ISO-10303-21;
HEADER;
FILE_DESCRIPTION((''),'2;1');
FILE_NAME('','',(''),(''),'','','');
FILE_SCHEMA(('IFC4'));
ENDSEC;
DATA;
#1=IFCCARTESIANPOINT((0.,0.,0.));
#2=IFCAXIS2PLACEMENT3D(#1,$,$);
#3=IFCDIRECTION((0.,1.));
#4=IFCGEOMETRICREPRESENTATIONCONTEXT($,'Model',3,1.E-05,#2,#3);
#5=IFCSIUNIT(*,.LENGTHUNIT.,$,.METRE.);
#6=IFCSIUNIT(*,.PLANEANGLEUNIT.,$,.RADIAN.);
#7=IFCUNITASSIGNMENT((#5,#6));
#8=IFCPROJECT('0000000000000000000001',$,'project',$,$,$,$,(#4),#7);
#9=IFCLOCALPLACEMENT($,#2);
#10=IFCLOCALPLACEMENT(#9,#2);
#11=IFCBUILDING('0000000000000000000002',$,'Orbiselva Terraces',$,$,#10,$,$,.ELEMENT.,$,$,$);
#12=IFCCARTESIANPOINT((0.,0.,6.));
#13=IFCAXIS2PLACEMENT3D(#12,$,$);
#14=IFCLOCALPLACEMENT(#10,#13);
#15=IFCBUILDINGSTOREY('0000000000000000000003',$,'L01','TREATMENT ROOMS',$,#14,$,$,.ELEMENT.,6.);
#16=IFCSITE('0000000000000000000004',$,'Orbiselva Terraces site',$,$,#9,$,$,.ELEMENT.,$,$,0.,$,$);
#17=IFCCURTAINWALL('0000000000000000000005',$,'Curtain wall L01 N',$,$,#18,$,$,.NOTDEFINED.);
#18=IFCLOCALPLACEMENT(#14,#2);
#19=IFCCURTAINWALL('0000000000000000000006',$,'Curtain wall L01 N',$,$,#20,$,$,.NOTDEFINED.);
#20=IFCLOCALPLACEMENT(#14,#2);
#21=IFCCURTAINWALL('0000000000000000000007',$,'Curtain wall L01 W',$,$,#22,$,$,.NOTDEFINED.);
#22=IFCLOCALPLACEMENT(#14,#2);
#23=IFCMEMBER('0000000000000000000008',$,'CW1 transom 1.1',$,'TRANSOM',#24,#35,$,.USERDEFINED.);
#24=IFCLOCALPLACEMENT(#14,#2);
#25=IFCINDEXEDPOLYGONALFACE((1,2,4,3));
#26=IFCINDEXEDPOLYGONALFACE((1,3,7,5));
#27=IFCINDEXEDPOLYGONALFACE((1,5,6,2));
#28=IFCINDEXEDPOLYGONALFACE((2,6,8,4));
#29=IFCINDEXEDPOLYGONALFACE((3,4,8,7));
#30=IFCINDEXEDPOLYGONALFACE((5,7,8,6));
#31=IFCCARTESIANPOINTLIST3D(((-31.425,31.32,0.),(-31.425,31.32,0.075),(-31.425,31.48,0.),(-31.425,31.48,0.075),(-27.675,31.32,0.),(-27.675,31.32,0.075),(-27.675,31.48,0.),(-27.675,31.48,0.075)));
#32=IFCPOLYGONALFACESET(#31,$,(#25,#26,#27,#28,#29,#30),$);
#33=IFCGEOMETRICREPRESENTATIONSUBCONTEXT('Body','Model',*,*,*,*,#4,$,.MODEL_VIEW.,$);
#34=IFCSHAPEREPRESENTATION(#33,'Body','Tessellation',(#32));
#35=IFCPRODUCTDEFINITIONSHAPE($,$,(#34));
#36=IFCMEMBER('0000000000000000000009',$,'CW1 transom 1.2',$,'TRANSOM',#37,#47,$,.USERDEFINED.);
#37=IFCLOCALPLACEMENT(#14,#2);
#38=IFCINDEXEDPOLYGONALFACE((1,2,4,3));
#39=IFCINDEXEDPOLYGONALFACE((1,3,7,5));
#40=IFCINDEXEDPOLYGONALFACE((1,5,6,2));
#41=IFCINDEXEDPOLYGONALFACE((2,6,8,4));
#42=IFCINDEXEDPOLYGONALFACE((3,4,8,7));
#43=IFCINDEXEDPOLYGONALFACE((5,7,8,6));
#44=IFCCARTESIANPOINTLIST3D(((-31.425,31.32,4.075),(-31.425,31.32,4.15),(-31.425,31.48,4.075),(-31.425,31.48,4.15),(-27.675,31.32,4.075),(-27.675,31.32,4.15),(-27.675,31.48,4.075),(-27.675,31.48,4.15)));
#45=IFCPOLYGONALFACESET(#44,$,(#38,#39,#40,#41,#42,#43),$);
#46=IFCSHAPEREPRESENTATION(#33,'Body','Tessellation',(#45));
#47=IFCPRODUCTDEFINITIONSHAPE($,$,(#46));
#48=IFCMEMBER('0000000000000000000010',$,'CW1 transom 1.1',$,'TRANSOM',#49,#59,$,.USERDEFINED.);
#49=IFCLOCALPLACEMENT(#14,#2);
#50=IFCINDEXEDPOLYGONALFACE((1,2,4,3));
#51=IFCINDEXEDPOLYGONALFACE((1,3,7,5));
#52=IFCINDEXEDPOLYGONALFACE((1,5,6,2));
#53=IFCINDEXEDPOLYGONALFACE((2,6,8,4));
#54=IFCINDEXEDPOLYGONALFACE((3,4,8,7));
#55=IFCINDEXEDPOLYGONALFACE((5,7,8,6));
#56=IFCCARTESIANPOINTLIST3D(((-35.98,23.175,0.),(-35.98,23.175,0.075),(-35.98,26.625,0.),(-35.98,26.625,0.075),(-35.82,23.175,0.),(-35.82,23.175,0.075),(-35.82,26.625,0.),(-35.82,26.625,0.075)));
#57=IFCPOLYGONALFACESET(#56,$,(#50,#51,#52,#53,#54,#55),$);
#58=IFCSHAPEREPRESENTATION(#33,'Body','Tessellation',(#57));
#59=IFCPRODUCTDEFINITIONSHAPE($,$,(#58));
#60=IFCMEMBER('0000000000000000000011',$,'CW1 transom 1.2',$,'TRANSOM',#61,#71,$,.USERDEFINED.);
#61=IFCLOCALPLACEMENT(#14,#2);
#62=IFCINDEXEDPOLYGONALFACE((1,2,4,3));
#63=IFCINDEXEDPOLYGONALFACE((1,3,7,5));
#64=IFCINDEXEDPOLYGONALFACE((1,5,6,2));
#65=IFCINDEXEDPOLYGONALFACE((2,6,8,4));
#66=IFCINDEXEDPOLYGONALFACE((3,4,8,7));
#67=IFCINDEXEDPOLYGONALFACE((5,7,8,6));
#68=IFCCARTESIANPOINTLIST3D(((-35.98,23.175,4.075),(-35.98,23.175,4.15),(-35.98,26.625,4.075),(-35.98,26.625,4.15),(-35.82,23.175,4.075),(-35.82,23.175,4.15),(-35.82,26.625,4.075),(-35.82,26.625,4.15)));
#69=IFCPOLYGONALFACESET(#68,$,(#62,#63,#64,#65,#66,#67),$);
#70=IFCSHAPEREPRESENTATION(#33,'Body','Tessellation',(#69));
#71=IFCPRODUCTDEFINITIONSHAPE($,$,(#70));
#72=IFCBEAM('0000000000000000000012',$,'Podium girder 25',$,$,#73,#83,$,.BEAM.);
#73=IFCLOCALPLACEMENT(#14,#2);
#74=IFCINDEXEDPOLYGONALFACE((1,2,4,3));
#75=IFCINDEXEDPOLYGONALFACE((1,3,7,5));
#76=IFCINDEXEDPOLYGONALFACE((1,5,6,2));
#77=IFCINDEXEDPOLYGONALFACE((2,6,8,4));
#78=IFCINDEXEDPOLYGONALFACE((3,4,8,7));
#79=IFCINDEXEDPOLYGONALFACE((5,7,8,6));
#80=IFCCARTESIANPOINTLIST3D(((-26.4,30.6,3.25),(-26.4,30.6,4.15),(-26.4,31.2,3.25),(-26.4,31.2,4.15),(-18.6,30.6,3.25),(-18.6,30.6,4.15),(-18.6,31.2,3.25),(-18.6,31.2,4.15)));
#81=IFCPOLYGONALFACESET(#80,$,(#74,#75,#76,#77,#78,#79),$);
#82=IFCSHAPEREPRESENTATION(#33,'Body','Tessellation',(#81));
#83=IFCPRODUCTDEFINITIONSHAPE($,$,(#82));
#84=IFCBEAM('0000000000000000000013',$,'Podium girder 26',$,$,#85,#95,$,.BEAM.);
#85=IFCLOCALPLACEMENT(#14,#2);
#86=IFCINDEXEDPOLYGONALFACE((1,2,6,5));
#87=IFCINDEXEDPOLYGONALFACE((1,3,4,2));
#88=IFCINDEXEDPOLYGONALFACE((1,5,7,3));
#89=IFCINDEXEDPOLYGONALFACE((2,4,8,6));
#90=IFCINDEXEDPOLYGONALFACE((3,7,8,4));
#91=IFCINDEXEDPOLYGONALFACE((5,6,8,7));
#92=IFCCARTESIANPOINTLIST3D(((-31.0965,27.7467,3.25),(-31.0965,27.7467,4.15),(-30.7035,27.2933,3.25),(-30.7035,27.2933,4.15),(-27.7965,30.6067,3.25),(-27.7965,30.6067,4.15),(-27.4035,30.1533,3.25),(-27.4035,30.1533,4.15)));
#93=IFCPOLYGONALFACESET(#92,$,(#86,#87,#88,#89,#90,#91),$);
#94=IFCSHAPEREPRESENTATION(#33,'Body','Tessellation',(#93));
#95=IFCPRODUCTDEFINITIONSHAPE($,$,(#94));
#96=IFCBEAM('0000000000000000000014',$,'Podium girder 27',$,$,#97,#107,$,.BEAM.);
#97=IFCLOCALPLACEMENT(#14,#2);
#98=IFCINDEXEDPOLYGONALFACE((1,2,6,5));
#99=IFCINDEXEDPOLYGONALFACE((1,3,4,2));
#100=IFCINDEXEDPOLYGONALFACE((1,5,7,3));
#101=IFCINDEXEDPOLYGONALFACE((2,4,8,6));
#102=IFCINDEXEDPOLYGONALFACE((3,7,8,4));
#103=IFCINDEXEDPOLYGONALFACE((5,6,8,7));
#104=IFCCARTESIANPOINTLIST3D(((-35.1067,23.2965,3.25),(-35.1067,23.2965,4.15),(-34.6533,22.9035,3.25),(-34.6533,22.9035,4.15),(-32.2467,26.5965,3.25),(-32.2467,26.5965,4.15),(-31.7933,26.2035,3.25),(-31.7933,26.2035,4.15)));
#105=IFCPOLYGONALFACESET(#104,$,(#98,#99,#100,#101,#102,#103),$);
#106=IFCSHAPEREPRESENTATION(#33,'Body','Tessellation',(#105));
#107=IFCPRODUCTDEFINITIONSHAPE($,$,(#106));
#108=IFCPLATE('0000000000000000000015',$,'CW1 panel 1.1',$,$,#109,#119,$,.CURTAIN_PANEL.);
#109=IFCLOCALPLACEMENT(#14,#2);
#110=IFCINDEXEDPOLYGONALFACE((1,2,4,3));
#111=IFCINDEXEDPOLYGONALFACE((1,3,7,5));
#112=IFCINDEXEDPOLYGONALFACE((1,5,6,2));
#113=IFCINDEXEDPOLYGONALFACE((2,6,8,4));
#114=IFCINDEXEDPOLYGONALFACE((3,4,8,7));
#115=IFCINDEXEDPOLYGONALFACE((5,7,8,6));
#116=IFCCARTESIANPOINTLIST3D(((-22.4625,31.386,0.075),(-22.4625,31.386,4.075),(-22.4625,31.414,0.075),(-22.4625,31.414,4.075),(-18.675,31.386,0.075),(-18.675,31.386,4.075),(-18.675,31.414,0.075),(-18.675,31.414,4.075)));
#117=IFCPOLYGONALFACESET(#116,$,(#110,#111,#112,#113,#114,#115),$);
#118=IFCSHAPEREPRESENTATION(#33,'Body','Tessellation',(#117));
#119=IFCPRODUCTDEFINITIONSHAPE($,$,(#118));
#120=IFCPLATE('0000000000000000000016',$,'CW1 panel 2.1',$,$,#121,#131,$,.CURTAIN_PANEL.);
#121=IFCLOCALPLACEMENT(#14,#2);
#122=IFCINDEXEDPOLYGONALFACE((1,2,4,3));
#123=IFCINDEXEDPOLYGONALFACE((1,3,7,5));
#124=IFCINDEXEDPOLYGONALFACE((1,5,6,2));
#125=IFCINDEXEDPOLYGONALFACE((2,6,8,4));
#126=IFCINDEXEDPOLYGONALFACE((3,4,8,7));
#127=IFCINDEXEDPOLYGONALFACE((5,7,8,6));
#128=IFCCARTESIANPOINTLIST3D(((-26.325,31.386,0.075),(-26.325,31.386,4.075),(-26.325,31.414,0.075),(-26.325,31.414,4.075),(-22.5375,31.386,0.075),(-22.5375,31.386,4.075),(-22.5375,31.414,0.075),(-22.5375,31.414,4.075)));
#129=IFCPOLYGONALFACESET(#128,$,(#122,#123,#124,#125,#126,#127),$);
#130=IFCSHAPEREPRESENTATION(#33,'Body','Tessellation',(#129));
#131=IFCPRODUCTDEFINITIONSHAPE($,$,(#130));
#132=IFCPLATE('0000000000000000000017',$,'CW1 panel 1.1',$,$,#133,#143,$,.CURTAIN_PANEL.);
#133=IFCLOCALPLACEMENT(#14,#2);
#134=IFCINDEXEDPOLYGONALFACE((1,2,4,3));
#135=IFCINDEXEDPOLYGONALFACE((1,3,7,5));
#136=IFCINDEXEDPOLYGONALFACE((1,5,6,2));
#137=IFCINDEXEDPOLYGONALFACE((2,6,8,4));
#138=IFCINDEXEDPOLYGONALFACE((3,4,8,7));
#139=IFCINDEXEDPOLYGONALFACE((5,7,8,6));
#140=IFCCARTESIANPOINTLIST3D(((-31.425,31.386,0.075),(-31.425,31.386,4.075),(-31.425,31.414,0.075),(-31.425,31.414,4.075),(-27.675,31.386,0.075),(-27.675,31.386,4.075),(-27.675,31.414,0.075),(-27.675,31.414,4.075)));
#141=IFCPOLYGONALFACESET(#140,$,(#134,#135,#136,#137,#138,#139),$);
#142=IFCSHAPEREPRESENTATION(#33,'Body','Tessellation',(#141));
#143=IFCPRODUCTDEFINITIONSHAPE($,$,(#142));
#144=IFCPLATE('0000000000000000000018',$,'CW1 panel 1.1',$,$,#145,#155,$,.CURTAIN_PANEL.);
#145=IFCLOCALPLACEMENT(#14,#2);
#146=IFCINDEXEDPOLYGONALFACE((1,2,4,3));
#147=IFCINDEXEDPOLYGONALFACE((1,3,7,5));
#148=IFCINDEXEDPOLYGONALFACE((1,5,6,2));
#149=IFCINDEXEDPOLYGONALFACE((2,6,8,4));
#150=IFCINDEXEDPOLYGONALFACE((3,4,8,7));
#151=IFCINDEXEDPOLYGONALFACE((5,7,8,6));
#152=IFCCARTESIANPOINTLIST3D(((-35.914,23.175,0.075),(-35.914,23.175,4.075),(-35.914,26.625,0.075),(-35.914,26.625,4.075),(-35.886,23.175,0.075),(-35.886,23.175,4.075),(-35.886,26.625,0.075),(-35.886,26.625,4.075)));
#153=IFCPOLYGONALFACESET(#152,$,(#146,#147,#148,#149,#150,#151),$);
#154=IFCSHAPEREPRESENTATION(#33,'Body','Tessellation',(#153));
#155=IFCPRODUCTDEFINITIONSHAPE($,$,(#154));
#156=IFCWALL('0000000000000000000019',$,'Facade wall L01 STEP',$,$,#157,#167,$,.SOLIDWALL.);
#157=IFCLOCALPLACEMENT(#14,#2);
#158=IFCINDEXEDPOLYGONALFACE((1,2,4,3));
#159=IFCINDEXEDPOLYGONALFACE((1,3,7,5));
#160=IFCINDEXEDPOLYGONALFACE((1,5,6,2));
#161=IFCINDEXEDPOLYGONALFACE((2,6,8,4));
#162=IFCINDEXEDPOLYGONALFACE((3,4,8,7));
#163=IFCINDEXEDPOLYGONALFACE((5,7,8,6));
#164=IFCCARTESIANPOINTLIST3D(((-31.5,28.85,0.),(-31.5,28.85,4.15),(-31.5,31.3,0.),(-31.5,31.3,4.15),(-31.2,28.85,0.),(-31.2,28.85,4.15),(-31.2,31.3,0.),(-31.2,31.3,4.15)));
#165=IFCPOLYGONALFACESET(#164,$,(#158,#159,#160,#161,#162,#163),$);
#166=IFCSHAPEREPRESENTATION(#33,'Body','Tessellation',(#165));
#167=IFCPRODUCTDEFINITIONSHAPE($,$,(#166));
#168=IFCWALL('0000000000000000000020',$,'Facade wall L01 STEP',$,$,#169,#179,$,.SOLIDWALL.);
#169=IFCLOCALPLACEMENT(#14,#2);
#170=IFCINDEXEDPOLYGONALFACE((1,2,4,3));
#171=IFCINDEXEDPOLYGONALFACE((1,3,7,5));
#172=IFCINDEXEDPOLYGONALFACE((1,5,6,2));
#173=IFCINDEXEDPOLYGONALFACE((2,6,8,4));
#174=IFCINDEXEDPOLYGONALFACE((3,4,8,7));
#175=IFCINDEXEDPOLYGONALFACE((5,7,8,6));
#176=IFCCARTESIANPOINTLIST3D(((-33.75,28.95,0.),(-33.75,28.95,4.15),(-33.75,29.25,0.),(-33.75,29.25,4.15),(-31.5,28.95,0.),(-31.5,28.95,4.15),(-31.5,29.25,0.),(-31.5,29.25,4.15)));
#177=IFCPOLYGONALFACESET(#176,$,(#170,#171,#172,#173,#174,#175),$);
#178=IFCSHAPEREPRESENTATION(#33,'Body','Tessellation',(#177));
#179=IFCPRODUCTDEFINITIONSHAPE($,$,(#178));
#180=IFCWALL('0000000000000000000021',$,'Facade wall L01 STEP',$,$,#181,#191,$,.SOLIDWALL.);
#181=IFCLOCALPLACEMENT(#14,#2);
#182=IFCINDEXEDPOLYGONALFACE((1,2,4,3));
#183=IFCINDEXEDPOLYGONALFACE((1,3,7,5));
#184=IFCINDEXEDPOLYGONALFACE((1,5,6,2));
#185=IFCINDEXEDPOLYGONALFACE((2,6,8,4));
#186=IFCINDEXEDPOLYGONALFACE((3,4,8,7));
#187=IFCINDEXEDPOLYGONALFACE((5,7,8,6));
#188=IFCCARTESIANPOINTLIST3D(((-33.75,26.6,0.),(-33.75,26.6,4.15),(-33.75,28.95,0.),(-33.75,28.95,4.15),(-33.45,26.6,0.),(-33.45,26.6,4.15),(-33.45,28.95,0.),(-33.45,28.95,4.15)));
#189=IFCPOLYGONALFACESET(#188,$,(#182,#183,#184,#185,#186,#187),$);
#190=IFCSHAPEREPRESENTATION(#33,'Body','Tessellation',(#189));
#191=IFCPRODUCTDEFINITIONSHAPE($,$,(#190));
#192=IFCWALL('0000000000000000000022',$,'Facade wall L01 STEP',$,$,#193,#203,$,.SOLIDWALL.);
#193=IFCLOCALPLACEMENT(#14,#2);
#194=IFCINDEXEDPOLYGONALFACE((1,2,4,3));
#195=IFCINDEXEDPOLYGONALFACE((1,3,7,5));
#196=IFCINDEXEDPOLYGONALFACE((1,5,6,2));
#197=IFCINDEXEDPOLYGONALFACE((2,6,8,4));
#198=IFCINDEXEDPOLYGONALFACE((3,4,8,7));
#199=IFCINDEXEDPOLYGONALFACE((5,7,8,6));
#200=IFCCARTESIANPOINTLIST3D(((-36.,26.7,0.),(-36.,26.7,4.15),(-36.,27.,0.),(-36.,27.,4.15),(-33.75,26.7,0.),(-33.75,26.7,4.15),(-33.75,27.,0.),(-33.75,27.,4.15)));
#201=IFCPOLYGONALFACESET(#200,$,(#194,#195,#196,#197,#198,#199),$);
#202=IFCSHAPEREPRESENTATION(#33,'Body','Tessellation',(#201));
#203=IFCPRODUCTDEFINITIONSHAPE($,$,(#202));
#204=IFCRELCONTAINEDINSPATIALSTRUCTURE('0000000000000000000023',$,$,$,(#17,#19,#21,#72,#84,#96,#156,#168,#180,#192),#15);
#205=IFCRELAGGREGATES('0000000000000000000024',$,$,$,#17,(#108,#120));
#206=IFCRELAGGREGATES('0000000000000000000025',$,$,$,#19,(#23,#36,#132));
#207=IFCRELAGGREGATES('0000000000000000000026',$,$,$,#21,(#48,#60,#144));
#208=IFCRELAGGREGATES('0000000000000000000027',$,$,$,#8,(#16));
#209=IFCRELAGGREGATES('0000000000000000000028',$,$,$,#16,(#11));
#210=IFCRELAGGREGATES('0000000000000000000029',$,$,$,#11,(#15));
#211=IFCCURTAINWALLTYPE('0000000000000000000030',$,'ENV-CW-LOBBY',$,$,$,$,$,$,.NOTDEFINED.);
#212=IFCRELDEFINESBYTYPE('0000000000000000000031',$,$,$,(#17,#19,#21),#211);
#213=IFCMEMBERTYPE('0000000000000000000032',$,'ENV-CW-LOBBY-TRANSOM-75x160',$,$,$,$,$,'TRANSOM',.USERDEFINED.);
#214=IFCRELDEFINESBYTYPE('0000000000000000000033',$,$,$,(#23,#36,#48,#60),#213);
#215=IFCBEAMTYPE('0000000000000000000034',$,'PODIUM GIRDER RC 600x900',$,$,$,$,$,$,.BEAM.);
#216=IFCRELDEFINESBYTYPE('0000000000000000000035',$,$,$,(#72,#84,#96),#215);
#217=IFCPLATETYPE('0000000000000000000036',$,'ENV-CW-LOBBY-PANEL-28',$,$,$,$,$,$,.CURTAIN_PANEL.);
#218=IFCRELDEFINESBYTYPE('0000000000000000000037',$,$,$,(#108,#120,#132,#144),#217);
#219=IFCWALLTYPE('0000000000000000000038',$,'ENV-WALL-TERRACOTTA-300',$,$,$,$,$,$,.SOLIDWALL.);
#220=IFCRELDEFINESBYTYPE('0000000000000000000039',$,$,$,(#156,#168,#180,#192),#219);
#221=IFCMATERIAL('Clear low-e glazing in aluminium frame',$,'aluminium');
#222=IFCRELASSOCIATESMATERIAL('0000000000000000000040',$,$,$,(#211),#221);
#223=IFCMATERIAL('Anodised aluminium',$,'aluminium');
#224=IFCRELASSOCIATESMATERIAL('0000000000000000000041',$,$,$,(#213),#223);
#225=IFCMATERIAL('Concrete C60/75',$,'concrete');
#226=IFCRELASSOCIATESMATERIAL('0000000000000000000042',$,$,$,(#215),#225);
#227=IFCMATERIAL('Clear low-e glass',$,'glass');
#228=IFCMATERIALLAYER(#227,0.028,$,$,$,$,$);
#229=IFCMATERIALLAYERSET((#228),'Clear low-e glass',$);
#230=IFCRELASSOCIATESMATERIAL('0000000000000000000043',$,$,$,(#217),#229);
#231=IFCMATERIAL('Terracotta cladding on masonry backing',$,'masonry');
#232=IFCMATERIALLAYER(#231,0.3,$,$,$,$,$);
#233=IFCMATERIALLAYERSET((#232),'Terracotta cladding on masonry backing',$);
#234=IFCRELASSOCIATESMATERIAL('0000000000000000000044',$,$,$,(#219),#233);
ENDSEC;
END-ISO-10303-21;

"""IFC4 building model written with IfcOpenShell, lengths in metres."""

from ifc_helpers import new_model, si_unit, direction, frame, frame_2d, origin, origin_2d, place, context, subcontext, project, spatial, rectangle, extrude, material, layer, layer_set, material_profile, profile_set, type_object, element, aggregate, save


model = new_model("IFC4")

# Units and contexts
model_context = context("Model", 3, precision=1e-05, world=origin(), true_north=direction((0.0, 1.0)))
body_context = subcontext(model_context, "Body", "Model", "MODEL_VIEW")
ifc_project = project(units=[si_unit("LENGTHUNIT", "METRE"), si_unit("PLANEANGLEUNIT", "RADIAN")], contexts=[model_context])

# Site, building, storey
site_placement = place(None, origin())
site = spatial("IfcSite", under=ifc_project, at=site_placement, Name="Orbiselva Terraces site", CompositionType="ELEMENT", RefElevation=0.0)
building_placement = place(site_placement, origin())
building = spatial("IfcBuilding", under=site, at=building_placement, Name="Orbiselva Terraces", CompositionType="ELEMENT")
storey_placement = place(building_placement, frame((0.0, 0.0, 6.0)))
storey = spatial("IfcBuildingStorey", under=building, at=storey_placement, Name="L01", Description="TREATMENT ROOMS", CompositionType="ELEMENT", Elevation=6.0)

# Shared definitions
ifc_material_1 = material(Name="Concrete C60/75", Category="concrete")

# Curtain walls
ifc_material_2 = material(Name="Clear low-e glazing in aluminium frame", Category="aluminium")
curtain_wall_type = type_object("IfcCurtainWallType", Name="ENV-CW-LOBBY", PredefinedType="NOTDEFINED", material=ifc_material_2)
curtain_wall_1_placement = place(storey_placement, origin())
curtain_wall_1 = element("IfcCurtainWall", 1, at=curtain_wall_1_placement, inside=storey, type_object=curtain_wall_type, Name="Curtain wall L01 N", PredefinedType="NOTDEFINED")
ifc_material_3 = material(Name="Anodised aluminium", Category="aluminium")
curtain_wall_2_placement = place(storey_placement, origin())
curtain_wall_2 = element("IfcCurtainWall", 2, at=curtain_wall_2_placement, inside=storey, type_object=curtain_wall_type, Name="Curtain wall L01 N", PredefinedType="NOTDEFINED")
curtain_wall_3_placement = place(storey_placement, origin())
curtain_wall_3 = element("IfcCurtainWall", 3, at=curtain_wall_3_placement, inside=storey, type_object=curtain_wall_type, Name="Curtain wall L01 W", PredefinedType="NOTDEFINED")

# Members
ifc_material_profile_1 = material_profile(ifc_material_3, rectangle(XDim=0.16, YDim=0.075, at=origin_2d()), Name="AL 75x160")
ifc_profile_set_1 = profile_set([ifc_material_profile_1], Name="Anodised aluminium")
member_type_1 = type_object("IfcMemberType", Name="ENV-CW-LOBBY-TRANSOM-75x160", ElementType="TRANSOM", PredefinedType="USERDEFINED", material=ifc_profile_set_1)
member_1_placement = place(storey_placement, frame((-27.675, 31.4, 0.0375), z_axis=(-1.0, 0.0, 0.0), x_axis=(0.0, -1.0, 0.0)))
member_1 = element("IfcMember", 4, at=member_1_placement, type_object=member_type_1, Name="CW1 transom 1.1", ObjectType="TRANSOM", PredefinedType="USERDEFINED", context=body_context, shape_type="SweptSolid", body=[
    extrude(rectangle(XDim=0.16, YDim=0.075, at=origin_2d()), origin(), (0.0, 0.0, 1.0), 3.75),
])
member_2_placement = place(storey_placement, frame((-27.675, 31.4, 4.1125), z_axis=(-1.0, 0.0, 0.0), x_axis=(0.0, -1.0, 0.0)))
member_2 = element("IfcMember", 5, at=member_2_placement, type_object=member_type_1, Name="CW1 transom 1.2", ObjectType="TRANSOM", PredefinedType="USERDEFINED", context=body_context, shape_type="SweptSolid", body=[
    extrude(rectangle(XDim=0.16, YDim=0.075, at=origin_2d()), origin(), (0.0, 0.0, 1.0), 3.75),
])
member_3_placement = place(storey_placement, frame((-35.9, 26.625, 0.0375), z_axis=(0.0, -1.0, 0.0), x_axis=(1.0, 0.0, 0.0)))
member_3 = element("IfcMember", 6, at=member_3_placement, type_object=member_type_1, Name="CW1 transom 1.1", ObjectType="TRANSOM", PredefinedType="USERDEFINED", context=body_context, shape_type="SweptSolid", body=[
    extrude(rectangle(XDim=0.16, YDim=0.075, at=origin_2d()), origin(), (0.0, 0.0, 1.0), 3.45),
])
member_4_placement = place(storey_placement, frame((-35.9, 26.625, 4.1125), z_axis=(0.0, -1.0, 0.0), x_axis=(1.0, 0.0, 0.0)))
member_4 = element("IfcMember", 7, at=member_4_placement, type_object=member_type_1, Name="CW1 transom 1.2", ObjectType="TRANSOM", PredefinedType="USERDEFINED", context=body_context, shape_type="SweptSolid", body=[
    extrude(rectangle(XDim=0.16, YDim=0.075, at=origin_2d()), origin(), (0.0, 0.0, 1.0), 3.45),
])

# Beams
ifc_material_profile_2 = material_profile(ifc_material_1, rectangle(XDim=0.6, YDim=0.9, at=origin_2d()), Name="RC 600x900")
ifc_profile_set_2 = profile_set([ifc_material_profile_2], Name="Concrete C60/75")
beam_type = type_object("IfcBeamType", Name="PODIUM GIRDER RC 600x900", PredefinedType="BEAM", material=ifc_profile_set_2)
beam_placement = place(storey_placement, frame((-18.6, 30.9, 3.7), z_axis=(-1.0, 0.0, 0.0), x_axis=(0.0, -1.0, 0.0)))
element("IfcBeam", 8, at=beam_placement, inside=storey, type_object=beam_type, Name="Podium girder 25", PredefinedType="BEAM", context=body_context, shape_type="SweptSolid", body=[
    extrude(rectangle(XDim=0.6, YDim=0.9, at=origin_2d()), origin(), (0.0, 0.0, 1.0), 7.8),
])
for number, where, z_axis, x_axis, name in (
    (9, (-27.6, 30.38, 3.7), (-0.755689, -0.654931, 0.0), (0.654931, -0.755689, 0.0), "Podium girder 26"),
    (10, (-32.02, 26.4, 3.7), (-0.654931, -0.755689, 0.0), (0.755689, -0.654931, 0.0), "Podium girder 27"),
):
    element("IfcBeam", number, at=place(storey_placement, frame(where, z_axis=z_axis, x_axis=x_axis)), inside=storey, type_object=beam_type, Name=name, PredefinedType="BEAM", context=body_context, shape_type="SweptSolid", body=[
        extrude(rectangle(XDim=0.6, YDim=0.9, at=origin_2d()), origin(), (0.0, 0.0, 1.0), 4.3669),
    ])

# Plates
ifc_material_4 = material(Name="Clear low-e glass", Category="glass")
ifc_layer_1 = layer(ifc_material_4, 0.028)
ifc_layer_set_1 = layer_set([ifc_layer_1], Name="Clear low-e glass")
plate_type = type_object("IfcPlateType", Name="ENV-CW-LOBBY-PANEL-28", PredefinedType="CURTAIN_PANEL", material=ifc_layer_set_1)
plate_1_placement = place(storey_placement, frame((-20.5688, 31.4, 0.075), z_axis=(0.0, 0.0, 1.0), x_axis=(-1.0, 0.0, 0.0)))
plate_1 = element("IfcPlate", 11, at=plate_1_placement, type_object=plate_type, Name="CW1 panel 1.1", PredefinedType="CURTAIN_PANEL", context=body_context, shape_type="SweptSolid", body=[
    extrude(rectangle(XDim=3.7875, YDim=0.028, at=origin_2d()), origin(), (0.0, 0.0, 1.0), 4.0),
])
plate_2_placement = place(storey_placement, frame((-24.4312, 31.4, 0.075), z_axis=(0.0, 0.0, 1.0), x_axis=(-1.0, 0.0, 0.0)))
plate_2 = element("IfcPlate", 12, at=plate_2_placement, type_object=plate_type, Name="CW1 panel 2.1", PredefinedType="CURTAIN_PANEL", context=body_context, shape_type="SweptSolid", body=[
    extrude(rectangle(XDim=3.7875, YDim=0.028, at=origin_2d()), origin(), (0.0, 0.0, 1.0), 4.0),
])
aggregate(curtain_wall_1, [plate_1, plate_2])
plate_3_placement = place(storey_placement, frame((-29.55, 31.4, 0.075), z_axis=(0.0, 0.0, 1.0), x_axis=(-1.0, 0.0, 0.0)))
plate_3 = element("IfcPlate", 13, at=plate_3_placement, type_object=plate_type, Name="CW1 panel 1.1", PredefinedType="CURTAIN_PANEL", context=body_context, shape_type="SweptSolid", body=[
    extrude(rectangle(XDim=3.75, YDim=0.028, at=origin_2d()), origin(), (0.0, 0.0, 1.0), 4.0),
])
aggregate(curtain_wall_2, [member_1, member_2, plate_3])
plate_4_placement = place(storey_placement, frame((-35.9, 24.9, 0.075), z_axis=(0.0, 0.0, 1.0), x_axis=(0.0, -1.0, 0.0)))
plate_4 = element("IfcPlate", 14, at=plate_4_placement, type_object=plate_type, Name="CW1 panel 1.1", PredefinedType="CURTAIN_PANEL", context=body_context, shape_type="SweptSolid", body=[
    extrude(rectangle(XDim=3.45, YDim=0.028, at=origin_2d()), origin(), (0.0, 0.0, 1.0), 4.0),
])
aggregate(curtain_wall_3, [member_3, member_4, plate_4])

# Walls
ifc_material_5 = material(Name="Terracotta cladding on masonry backing", Category="masonry")
ifc_layer_2 = layer(ifc_material_5, 0.3)
ifc_layer_set_2 = layer_set([ifc_layer_2], Name="Terracotta cladding on masonry backing")
wall_type_1 = type_object("IfcWallType", Name="ENV-WALL-TERRACOTTA-300", PredefinedType="SOLIDWALL", material=ifc_layer_set_2)
wall_1_placement = place(storey_placement, frame((-31.35, 28.85, 0.0), z_axis=(0.0, 0.0, 1.0), x_axis=(0.0, 1.0, 0.0)))
element("IfcWall", 15, at=wall_1_placement, inside=storey, type_object=wall_type_1, Name="Facade wall L01 STEP", PredefinedType="SOLIDWALL", context=body_context, shape_type="SweptSolid", body=[
    extrude(rectangle(XDim=2.45, YDim=0.3, at=frame_2d((1.225, 0.0))), origin(), (0.0, 0.0, 1.0), 4.15),
])
wall_2_placement = place(storey_placement, frame((-33.75, 29.1, 0.0), z_axis=(0.0, 0.0, 1.0), x_axis=(1.0, 0.0, 0.0)))
element("IfcWall", 16, at=wall_2_placement, inside=storey, type_object=wall_type_1, Name="Facade wall L01 STEP", PredefinedType="SOLIDWALL", context=body_context, shape_type="SweptSolid", body=[
    extrude(rectangle(XDim=2.25, YDim=0.3, at=frame_2d((1.125, 0.0))), origin(), (0.0, 0.0, 1.0), 4.15),
])
wall_3_placement = place(storey_placement, frame((-33.6, 26.6, 0.0), z_axis=(0.0, 0.0, 1.0), x_axis=(0.0, 1.0, 0.0)))
element("IfcWall", 17, at=wall_3_placement, inside=storey, type_object=wall_type_1, Name="Facade wall L01 STEP", PredefinedType="SOLIDWALL", context=body_context, shape_type="SweptSolid", body=[
    extrude(rectangle(XDim=2.35, YDim=0.3, at=frame_2d((1.175, 0.0))), origin(), (0.0, 0.0, 1.0), 4.15),
])
wall_4_placement = place(storey_placement, frame((-36.0, 26.85, 0.0), z_axis=(0.0, 0.0, 1.0), x_axis=(1.0, 0.0, 0.0)))
element("IfcWall", 18, at=wall_4_placement, inside=storey, type_object=wall_type_1, Name="Facade wall L01 STEP", PredefinedType="SOLIDWALL", context=body_context, shape_type="SweptSolid", body=[
    extrude(rectangle(XDim=2.25, YDim=0.3, at=frame_2d((1.125, 0.0))), origin(), (0.0, 0.0, 1.0), 4.15),
])

save(model, "model.ifc")
